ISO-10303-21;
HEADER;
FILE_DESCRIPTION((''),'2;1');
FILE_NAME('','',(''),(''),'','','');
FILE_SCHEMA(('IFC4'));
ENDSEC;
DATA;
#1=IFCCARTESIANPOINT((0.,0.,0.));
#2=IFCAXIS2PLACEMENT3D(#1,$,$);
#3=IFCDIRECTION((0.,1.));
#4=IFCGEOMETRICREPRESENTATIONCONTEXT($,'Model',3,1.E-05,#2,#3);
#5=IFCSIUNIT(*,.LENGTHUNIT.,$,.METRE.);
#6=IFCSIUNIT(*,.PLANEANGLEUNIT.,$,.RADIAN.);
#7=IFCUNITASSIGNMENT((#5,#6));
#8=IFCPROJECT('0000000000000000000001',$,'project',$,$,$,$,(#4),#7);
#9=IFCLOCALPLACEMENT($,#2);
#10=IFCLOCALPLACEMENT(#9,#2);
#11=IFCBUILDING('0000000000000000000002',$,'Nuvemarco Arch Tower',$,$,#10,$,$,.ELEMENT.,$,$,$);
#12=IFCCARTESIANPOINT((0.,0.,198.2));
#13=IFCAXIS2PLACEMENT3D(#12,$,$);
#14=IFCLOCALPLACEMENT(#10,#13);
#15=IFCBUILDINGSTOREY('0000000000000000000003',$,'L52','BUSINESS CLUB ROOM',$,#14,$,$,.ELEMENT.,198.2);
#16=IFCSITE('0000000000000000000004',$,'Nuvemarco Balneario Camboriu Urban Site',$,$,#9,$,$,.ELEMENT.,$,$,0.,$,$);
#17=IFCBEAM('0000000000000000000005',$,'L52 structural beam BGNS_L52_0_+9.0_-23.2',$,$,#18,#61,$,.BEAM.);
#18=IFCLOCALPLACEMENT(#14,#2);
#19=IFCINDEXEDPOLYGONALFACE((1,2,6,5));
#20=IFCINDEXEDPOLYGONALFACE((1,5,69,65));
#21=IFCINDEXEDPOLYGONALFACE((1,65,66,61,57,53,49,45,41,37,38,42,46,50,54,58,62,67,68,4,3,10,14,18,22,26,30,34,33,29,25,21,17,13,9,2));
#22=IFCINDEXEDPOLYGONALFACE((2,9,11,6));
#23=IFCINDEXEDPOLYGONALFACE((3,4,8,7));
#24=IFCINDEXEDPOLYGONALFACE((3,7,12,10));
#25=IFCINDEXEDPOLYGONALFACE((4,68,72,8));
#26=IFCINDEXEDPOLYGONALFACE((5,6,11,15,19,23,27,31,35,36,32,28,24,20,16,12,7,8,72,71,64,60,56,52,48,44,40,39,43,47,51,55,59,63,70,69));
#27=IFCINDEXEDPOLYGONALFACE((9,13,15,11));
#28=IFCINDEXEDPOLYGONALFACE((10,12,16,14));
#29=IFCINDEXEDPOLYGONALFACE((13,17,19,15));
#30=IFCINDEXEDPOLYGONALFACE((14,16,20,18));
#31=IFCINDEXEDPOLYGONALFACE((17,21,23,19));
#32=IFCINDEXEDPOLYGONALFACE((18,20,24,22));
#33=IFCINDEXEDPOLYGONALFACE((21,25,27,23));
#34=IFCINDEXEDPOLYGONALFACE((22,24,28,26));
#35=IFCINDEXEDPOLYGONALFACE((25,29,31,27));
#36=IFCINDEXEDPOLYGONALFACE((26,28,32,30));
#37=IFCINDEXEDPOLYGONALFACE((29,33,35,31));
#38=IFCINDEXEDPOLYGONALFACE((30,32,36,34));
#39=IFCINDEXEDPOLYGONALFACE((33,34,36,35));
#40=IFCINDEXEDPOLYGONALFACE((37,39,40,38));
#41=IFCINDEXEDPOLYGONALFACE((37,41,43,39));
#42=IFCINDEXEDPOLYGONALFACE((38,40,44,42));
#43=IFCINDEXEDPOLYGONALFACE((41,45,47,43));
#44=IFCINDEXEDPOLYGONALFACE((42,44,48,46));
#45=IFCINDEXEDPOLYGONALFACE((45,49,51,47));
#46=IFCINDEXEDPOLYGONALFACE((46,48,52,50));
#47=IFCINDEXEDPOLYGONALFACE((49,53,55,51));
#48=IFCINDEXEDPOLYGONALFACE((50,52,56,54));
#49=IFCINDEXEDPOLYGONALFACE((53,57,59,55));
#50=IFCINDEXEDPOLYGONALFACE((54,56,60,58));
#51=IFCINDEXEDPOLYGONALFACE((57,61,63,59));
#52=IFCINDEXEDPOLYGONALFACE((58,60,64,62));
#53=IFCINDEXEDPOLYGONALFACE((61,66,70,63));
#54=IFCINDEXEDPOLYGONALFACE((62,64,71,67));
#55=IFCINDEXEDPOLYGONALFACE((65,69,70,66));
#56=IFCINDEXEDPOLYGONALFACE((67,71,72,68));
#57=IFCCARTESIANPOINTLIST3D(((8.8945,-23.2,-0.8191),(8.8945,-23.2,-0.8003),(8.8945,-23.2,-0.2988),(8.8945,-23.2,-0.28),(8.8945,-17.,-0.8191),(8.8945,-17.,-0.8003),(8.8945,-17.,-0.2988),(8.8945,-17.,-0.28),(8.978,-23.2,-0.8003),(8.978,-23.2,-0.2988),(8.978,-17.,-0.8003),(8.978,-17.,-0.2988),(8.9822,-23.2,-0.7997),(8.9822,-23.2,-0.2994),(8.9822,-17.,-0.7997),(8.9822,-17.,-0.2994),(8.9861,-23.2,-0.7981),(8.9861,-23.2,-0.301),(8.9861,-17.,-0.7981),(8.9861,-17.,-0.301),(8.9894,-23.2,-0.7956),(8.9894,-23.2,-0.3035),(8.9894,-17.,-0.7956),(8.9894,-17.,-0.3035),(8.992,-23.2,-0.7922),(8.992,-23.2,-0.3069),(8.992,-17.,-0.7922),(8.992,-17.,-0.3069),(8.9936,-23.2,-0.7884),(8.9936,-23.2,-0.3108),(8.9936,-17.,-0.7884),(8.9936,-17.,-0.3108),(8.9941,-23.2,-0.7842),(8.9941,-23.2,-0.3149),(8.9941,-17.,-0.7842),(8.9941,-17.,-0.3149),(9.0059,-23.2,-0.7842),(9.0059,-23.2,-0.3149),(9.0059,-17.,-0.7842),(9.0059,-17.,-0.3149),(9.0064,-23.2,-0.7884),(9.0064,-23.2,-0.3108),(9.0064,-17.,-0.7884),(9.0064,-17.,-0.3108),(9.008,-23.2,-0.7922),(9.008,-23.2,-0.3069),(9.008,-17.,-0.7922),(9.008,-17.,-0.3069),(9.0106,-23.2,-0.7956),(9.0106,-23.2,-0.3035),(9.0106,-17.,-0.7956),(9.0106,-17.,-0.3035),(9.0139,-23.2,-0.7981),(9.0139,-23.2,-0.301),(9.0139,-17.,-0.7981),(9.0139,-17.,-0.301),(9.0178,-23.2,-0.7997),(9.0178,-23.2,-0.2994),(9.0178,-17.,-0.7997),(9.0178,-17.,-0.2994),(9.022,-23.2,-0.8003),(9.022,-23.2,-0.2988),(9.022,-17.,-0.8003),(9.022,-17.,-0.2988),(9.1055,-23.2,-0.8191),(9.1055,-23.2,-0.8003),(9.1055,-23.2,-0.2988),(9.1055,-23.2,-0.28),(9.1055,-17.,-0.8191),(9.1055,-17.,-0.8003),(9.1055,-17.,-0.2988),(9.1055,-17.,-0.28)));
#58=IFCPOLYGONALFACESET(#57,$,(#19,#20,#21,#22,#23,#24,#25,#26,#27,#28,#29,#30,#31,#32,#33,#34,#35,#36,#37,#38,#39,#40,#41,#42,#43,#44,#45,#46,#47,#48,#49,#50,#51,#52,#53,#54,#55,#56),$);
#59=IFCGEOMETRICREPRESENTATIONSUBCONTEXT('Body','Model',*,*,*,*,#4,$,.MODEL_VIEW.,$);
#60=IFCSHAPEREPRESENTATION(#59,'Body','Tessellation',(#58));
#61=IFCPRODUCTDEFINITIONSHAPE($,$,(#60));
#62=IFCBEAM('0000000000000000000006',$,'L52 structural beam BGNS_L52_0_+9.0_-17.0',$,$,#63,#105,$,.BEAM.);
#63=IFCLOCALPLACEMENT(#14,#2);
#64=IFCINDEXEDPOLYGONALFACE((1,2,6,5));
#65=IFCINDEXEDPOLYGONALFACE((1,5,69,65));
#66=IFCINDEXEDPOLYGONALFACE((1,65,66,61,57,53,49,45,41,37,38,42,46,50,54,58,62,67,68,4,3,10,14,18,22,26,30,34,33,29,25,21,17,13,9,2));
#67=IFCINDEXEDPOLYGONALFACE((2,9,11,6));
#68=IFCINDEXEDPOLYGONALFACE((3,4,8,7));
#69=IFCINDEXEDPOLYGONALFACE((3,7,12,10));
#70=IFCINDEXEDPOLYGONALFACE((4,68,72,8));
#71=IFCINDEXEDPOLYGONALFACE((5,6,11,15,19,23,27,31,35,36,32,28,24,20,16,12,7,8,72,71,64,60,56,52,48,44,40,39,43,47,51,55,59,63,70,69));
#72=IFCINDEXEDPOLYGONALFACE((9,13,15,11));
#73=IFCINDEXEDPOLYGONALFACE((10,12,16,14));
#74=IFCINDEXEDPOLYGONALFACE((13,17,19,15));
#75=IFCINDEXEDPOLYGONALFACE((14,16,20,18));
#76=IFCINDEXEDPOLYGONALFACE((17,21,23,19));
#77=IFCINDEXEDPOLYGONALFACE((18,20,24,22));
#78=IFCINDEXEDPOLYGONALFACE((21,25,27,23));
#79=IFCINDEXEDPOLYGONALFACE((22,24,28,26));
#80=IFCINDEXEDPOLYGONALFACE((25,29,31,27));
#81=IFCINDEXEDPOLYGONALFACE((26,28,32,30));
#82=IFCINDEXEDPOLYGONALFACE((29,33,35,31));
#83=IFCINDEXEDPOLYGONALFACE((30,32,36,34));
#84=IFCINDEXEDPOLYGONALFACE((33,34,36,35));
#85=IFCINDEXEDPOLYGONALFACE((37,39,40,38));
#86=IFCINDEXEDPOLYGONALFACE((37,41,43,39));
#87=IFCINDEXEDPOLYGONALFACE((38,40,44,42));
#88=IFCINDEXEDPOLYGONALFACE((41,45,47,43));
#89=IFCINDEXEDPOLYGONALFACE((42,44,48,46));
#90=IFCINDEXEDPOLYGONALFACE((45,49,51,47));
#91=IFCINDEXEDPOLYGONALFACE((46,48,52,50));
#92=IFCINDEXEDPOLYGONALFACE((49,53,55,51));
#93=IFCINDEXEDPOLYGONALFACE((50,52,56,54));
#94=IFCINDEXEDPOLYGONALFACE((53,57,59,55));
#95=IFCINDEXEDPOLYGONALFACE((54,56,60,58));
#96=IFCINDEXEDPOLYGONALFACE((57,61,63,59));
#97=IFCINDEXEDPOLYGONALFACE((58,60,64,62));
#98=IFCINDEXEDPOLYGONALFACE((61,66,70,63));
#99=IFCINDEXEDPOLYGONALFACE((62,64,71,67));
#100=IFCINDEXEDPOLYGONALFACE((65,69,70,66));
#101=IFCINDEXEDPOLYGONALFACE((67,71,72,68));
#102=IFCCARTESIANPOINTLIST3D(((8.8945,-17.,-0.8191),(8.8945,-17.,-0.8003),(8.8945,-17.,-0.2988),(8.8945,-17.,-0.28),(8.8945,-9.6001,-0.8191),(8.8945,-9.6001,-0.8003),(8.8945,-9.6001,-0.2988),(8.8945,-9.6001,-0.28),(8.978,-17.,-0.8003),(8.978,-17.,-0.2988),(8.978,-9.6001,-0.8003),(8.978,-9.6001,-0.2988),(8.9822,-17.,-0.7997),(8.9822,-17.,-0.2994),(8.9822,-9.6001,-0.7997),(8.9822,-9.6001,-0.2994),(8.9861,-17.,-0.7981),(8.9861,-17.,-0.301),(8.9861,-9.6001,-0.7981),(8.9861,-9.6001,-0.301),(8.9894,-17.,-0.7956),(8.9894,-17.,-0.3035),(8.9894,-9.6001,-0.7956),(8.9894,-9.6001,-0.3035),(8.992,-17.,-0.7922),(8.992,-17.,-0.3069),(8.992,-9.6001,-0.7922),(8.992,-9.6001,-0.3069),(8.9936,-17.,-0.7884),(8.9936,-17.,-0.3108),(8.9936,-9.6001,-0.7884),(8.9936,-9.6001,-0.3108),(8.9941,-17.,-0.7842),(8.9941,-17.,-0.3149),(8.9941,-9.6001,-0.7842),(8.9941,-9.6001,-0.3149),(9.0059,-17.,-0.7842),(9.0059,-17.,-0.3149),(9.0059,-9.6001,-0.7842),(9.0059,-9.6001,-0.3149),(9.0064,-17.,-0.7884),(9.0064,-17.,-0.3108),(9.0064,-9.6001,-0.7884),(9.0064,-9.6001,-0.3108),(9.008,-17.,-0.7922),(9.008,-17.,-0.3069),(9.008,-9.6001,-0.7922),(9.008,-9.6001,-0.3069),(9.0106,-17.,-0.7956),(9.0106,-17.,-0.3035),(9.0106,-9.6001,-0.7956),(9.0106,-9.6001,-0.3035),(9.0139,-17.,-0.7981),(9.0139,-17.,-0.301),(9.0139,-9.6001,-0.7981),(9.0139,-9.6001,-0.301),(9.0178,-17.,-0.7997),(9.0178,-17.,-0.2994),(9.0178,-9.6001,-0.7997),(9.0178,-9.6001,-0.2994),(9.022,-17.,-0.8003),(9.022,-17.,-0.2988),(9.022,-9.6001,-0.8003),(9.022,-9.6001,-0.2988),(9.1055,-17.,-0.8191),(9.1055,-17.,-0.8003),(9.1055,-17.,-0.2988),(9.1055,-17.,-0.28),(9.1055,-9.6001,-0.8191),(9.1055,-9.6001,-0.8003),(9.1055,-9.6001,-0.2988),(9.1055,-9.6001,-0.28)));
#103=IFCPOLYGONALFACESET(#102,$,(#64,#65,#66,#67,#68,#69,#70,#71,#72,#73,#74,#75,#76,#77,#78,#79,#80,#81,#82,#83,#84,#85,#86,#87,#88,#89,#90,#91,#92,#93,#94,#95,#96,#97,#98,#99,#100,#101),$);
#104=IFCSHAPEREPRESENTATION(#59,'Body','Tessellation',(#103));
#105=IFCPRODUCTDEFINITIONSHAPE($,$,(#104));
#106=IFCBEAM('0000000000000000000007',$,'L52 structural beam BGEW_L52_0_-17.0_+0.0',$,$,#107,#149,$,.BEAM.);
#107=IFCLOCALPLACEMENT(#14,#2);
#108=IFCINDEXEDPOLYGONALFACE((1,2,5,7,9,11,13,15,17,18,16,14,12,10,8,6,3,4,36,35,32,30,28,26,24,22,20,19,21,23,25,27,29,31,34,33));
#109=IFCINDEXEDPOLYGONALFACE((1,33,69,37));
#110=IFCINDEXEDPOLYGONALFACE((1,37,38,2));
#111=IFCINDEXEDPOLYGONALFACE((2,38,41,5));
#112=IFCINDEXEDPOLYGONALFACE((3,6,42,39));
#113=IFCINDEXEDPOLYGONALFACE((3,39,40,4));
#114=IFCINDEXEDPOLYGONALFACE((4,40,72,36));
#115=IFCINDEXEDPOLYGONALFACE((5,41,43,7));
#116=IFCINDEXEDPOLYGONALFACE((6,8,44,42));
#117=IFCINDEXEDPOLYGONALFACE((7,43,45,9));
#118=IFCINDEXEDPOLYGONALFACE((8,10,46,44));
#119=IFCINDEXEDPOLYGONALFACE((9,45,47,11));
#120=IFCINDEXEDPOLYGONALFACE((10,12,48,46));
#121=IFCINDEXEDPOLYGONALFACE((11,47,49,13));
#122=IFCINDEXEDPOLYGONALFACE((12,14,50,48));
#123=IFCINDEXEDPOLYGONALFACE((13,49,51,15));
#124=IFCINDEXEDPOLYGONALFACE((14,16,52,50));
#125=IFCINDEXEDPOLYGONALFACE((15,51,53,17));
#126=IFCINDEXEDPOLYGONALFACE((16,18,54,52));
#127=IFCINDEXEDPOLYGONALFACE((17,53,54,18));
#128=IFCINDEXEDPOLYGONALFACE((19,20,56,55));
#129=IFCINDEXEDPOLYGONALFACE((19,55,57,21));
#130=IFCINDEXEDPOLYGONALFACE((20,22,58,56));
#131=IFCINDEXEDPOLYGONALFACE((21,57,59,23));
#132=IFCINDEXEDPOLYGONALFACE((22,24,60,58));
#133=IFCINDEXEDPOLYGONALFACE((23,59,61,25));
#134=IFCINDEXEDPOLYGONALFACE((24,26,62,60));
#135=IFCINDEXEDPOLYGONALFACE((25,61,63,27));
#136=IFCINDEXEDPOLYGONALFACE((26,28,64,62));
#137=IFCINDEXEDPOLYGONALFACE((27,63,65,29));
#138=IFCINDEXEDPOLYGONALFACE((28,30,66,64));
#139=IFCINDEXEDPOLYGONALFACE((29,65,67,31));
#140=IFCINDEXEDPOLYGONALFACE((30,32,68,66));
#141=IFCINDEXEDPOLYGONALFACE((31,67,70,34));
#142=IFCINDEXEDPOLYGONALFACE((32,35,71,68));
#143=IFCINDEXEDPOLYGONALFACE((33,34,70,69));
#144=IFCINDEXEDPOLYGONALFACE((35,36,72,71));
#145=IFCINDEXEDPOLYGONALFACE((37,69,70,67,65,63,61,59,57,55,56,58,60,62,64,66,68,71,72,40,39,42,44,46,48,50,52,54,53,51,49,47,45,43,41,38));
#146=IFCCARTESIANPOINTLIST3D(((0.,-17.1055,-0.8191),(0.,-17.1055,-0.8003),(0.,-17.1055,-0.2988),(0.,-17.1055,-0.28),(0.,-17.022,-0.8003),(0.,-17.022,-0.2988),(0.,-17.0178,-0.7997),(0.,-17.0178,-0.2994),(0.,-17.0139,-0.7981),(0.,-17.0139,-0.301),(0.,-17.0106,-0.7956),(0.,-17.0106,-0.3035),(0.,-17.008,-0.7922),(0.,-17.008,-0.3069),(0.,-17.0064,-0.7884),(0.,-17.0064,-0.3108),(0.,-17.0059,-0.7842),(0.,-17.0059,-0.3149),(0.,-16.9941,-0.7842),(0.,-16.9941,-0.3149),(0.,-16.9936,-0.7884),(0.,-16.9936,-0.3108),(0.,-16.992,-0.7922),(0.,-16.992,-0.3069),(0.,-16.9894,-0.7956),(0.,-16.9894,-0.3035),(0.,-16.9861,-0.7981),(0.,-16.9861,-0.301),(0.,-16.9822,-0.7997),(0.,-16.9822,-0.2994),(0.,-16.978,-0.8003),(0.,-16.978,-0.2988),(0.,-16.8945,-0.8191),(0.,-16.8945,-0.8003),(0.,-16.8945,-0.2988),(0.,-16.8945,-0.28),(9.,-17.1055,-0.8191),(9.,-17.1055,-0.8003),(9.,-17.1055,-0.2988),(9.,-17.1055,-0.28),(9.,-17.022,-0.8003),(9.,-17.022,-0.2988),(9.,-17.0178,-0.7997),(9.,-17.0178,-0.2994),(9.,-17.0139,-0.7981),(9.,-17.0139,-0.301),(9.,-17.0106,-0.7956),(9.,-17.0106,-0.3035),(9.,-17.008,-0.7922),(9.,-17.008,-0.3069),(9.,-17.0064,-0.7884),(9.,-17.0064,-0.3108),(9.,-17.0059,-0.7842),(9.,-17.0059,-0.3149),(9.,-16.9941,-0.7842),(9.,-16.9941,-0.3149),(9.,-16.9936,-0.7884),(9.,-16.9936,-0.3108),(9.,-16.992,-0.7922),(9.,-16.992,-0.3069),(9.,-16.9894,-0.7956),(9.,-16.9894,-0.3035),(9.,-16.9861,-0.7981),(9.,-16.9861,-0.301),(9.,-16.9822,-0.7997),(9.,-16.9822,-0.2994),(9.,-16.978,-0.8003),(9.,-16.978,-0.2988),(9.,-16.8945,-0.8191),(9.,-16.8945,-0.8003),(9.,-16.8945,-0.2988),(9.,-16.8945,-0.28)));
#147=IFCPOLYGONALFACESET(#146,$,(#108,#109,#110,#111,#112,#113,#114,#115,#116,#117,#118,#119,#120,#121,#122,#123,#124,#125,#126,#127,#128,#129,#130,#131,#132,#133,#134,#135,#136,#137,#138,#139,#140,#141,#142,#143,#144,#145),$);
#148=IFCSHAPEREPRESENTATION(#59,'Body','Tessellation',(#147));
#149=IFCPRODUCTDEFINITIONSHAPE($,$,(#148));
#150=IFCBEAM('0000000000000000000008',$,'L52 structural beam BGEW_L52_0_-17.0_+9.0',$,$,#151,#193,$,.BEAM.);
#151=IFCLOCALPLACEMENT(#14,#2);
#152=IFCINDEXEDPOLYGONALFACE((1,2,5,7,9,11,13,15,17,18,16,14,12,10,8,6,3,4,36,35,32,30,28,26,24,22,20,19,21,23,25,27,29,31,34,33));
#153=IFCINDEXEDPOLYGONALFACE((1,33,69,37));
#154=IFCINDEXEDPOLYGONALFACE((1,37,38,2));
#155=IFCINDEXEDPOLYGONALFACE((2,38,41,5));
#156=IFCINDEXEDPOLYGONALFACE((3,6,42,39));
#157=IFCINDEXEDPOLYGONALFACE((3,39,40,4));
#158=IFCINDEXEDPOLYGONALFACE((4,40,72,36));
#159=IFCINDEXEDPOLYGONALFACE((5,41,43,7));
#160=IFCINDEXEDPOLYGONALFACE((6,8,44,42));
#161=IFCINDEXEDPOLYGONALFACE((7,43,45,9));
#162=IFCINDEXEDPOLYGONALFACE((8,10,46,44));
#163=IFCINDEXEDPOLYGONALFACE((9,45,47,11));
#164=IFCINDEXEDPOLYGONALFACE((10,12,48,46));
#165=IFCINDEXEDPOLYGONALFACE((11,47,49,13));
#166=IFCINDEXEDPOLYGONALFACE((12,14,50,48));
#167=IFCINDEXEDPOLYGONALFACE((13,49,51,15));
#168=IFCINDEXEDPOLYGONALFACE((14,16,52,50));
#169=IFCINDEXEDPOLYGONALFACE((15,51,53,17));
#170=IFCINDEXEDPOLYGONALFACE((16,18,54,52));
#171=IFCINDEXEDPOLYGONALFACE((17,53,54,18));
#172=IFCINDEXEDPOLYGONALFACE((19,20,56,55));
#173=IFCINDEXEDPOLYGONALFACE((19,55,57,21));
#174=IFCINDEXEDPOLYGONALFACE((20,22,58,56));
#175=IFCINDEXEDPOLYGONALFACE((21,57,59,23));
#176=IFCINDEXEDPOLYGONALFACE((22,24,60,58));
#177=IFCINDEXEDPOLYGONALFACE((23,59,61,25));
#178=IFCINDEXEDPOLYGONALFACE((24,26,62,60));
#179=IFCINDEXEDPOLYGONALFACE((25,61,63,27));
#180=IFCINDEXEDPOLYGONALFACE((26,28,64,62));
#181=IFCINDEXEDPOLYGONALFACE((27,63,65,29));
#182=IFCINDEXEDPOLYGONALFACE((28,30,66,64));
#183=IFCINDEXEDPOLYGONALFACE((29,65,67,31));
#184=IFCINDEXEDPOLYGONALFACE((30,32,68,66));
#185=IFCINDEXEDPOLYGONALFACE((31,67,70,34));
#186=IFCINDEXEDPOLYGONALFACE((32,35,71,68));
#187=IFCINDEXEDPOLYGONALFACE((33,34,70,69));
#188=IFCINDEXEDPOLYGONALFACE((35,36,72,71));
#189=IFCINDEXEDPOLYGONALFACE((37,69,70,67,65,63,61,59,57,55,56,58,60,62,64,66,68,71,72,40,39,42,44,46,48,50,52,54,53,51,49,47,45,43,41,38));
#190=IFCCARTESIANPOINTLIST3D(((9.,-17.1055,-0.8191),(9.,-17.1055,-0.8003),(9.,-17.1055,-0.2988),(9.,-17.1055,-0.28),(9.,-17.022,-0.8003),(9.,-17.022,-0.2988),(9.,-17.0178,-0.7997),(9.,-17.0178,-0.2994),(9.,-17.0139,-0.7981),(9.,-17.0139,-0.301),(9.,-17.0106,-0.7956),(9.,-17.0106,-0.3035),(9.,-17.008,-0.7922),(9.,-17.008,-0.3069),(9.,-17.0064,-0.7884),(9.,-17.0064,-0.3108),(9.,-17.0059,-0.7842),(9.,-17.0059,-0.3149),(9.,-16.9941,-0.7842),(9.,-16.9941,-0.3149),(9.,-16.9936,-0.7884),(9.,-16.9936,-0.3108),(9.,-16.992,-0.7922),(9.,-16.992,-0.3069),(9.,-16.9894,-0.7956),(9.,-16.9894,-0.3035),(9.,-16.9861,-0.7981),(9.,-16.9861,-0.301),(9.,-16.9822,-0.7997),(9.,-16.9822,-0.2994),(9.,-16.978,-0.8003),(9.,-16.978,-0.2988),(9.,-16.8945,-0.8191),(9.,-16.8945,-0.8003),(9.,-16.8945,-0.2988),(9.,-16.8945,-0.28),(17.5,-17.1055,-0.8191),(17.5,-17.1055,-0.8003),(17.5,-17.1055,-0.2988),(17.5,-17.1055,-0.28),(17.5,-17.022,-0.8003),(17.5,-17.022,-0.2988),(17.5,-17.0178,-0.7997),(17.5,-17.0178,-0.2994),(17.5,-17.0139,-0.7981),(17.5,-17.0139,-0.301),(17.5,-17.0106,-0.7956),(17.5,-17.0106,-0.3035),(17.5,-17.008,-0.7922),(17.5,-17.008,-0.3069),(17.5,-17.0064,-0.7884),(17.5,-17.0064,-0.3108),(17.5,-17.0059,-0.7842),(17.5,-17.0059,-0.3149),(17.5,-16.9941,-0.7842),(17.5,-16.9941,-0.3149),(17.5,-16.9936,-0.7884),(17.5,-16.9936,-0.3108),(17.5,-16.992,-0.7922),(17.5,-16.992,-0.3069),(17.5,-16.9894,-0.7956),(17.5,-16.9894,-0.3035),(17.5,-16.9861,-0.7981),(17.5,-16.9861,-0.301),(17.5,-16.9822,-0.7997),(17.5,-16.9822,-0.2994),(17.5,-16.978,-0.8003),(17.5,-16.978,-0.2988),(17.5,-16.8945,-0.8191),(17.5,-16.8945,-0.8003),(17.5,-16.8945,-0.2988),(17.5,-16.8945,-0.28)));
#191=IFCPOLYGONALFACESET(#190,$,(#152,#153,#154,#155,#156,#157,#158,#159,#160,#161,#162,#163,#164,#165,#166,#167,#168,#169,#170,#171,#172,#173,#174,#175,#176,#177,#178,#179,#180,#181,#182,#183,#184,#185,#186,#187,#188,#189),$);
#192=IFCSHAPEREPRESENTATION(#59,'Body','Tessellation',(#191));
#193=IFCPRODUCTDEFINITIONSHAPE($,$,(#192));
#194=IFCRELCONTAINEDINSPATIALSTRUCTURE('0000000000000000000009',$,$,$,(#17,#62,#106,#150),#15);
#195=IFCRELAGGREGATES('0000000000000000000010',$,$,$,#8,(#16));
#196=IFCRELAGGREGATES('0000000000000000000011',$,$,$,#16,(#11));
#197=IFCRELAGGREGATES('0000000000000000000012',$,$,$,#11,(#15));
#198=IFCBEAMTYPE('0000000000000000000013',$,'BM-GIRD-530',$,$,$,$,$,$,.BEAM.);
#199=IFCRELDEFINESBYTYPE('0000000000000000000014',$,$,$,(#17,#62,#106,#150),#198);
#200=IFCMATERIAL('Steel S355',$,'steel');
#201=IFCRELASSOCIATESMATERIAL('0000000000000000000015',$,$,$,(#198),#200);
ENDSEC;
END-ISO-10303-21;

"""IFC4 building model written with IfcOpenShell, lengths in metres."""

from ifc_helpers import new_model, si_unit, direction, frame, origin, origin_2d, place, context, subcontext, project, spatial, i_section, extrude, material, material_profile, profile_set, type_object, element, save


model = new_model("IFC4")

# Units and contexts
model_context = context("Model", 3, precision=1e-05, world=origin(), true_north=direction((0.0, 1.0)))
body_context = subcontext(model_context, "Body", "Model", "MODEL_VIEW")
ifc_project = project(units=[si_unit("LENGTHUNIT", "METRE"), si_unit("PLANEANGLEUNIT", "RADIAN")], contexts=[model_context])

# Site, building, storey
site_placement = place(None, origin())
site = spatial("IfcSite", under=ifc_project, at=site_placement, Name="Nuvemarco Balneario Camboriu Urban Site", CompositionType="ELEMENT", RefElevation=0.0)
building_placement = place(site_placement, origin())
building = spatial("IfcBuilding", under=site, at=building_placement, Name="Nuvemarco Arch Tower", CompositionType="ELEMENT")
storey_placement = place(building_placement, frame((0.0, 0.0, 198.2)))
storey = spatial("IfcBuildingStorey", under=building, at=storey_placement, Name="L52", Description="BUSINESS CLUB ROOM", CompositionType="ELEMENT", Elevation=198.2)

# Shared definitions
ifc_material_1 = material(Name="Steel S355", Category="steel")

# Beams
ifc_material_profile_1 = material_profile(ifc_material_1, i_section(OverallWidth=0.2109, OverallDepth=0.5391, WebThickness=0.0117, FlangeThickness=0.0188, FilletRadius=0.0161, at=origin_2d()), Name="W530x109")
ifc_profile_set_1 = profile_set([ifc_material_profile_1], Name="Steel S355")
beam_type_1 = type_object("IfcBeamType", Name="BM-GIRD-530", PredefinedType="BEAM", material=ifc_profile_set_1)
beam_1_placement = place(storey_placement, frame((9.0, -23.2, -0.5496), z_axis=(0.0, 1.0, 0.0), x_axis=(-1.0, 0.0, 0.0)))
element("IfcBeam", 1, at=beam_1_placement, inside=storey, type_object=beam_type_1, Name="L52 structural beam BGNS_L52_0_+9.0_-23.2", PredefinedType="BEAM", context=body_context, shape_type="SweptSolid", body=[
    extrude(i_section(OverallWidth=0.2109, OverallDepth=0.5391, WebThickness=0.0117, FlangeThickness=0.0188, FilletRadius=0.0161, at=origin_2d()), origin(), (0.0, 0.0, 1.0), 6.2),
])
beam_2_placement = place(storey_placement, frame((9.0, -17.0, -0.5496), z_axis=(0.0, 1.0, 0.0), x_axis=(-1.0, 0.0, 0.0)))
element("IfcBeam", 2, at=beam_2_placement, inside=storey, type_object=beam_type_1, Name="L52 structural beam BGNS_L52_0_+9.0_-17.0", PredefinedType="BEAM", context=body_context, shape_type="SweptSolid", body=[
    extrude(i_section(OverallWidth=0.2109, OverallDepth=0.5391, WebThickness=0.0117, FlangeThickness=0.0188, FilletRadius=0.0161, at=origin_2d()), origin(), (0.0, 0.0, 1.0), 7.3999),
])
beam_3_placement = place(storey_placement, frame((0.0, -17.0, -0.5496), z_axis=(1.0, 0.0, 0.0), x_axis=(0.0, 1.0, 0.0)))
element("IfcBeam", 3, at=beam_3_placement, inside=storey, type_object=beam_type_1, Name="L52 structural beam BGEW_L52_0_-17.0_+0.0", PredefinedType="BEAM", context=body_context, shape_type="SweptSolid", body=[
    extrude(i_section(OverallWidth=0.2109, OverallDepth=0.5391, WebThickness=0.0117, FlangeThickness=0.0188, FilletRadius=0.0161, at=origin_2d()), origin(), (0.0, 0.0, 1.0), 9.0),
])
beam_4_placement = place(storey_placement, frame((9.0, -17.0, -0.5496), z_axis=(1.0, 0.0, 0.0), x_axis=(0.0, 1.0, 0.0)))
element("IfcBeam", 4, at=beam_4_placement, inside=storey, type_object=beam_type_1, Name="L52 structural beam BGEW_L52_0_-17.0_+9.0", PredefinedType="BEAM", context=body_context, shape_type="SweptSolid", body=[
    extrude(i_section(OverallWidth=0.2109, OverallDepth=0.5391, WebThickness=0.0117, FlangeThickness=0.0188, FilletRadius=0.0161, at=origin_2d()), origin(), (0.0, 0.0, 1.0), 8.5),
])

save(model, "model.ifc")
